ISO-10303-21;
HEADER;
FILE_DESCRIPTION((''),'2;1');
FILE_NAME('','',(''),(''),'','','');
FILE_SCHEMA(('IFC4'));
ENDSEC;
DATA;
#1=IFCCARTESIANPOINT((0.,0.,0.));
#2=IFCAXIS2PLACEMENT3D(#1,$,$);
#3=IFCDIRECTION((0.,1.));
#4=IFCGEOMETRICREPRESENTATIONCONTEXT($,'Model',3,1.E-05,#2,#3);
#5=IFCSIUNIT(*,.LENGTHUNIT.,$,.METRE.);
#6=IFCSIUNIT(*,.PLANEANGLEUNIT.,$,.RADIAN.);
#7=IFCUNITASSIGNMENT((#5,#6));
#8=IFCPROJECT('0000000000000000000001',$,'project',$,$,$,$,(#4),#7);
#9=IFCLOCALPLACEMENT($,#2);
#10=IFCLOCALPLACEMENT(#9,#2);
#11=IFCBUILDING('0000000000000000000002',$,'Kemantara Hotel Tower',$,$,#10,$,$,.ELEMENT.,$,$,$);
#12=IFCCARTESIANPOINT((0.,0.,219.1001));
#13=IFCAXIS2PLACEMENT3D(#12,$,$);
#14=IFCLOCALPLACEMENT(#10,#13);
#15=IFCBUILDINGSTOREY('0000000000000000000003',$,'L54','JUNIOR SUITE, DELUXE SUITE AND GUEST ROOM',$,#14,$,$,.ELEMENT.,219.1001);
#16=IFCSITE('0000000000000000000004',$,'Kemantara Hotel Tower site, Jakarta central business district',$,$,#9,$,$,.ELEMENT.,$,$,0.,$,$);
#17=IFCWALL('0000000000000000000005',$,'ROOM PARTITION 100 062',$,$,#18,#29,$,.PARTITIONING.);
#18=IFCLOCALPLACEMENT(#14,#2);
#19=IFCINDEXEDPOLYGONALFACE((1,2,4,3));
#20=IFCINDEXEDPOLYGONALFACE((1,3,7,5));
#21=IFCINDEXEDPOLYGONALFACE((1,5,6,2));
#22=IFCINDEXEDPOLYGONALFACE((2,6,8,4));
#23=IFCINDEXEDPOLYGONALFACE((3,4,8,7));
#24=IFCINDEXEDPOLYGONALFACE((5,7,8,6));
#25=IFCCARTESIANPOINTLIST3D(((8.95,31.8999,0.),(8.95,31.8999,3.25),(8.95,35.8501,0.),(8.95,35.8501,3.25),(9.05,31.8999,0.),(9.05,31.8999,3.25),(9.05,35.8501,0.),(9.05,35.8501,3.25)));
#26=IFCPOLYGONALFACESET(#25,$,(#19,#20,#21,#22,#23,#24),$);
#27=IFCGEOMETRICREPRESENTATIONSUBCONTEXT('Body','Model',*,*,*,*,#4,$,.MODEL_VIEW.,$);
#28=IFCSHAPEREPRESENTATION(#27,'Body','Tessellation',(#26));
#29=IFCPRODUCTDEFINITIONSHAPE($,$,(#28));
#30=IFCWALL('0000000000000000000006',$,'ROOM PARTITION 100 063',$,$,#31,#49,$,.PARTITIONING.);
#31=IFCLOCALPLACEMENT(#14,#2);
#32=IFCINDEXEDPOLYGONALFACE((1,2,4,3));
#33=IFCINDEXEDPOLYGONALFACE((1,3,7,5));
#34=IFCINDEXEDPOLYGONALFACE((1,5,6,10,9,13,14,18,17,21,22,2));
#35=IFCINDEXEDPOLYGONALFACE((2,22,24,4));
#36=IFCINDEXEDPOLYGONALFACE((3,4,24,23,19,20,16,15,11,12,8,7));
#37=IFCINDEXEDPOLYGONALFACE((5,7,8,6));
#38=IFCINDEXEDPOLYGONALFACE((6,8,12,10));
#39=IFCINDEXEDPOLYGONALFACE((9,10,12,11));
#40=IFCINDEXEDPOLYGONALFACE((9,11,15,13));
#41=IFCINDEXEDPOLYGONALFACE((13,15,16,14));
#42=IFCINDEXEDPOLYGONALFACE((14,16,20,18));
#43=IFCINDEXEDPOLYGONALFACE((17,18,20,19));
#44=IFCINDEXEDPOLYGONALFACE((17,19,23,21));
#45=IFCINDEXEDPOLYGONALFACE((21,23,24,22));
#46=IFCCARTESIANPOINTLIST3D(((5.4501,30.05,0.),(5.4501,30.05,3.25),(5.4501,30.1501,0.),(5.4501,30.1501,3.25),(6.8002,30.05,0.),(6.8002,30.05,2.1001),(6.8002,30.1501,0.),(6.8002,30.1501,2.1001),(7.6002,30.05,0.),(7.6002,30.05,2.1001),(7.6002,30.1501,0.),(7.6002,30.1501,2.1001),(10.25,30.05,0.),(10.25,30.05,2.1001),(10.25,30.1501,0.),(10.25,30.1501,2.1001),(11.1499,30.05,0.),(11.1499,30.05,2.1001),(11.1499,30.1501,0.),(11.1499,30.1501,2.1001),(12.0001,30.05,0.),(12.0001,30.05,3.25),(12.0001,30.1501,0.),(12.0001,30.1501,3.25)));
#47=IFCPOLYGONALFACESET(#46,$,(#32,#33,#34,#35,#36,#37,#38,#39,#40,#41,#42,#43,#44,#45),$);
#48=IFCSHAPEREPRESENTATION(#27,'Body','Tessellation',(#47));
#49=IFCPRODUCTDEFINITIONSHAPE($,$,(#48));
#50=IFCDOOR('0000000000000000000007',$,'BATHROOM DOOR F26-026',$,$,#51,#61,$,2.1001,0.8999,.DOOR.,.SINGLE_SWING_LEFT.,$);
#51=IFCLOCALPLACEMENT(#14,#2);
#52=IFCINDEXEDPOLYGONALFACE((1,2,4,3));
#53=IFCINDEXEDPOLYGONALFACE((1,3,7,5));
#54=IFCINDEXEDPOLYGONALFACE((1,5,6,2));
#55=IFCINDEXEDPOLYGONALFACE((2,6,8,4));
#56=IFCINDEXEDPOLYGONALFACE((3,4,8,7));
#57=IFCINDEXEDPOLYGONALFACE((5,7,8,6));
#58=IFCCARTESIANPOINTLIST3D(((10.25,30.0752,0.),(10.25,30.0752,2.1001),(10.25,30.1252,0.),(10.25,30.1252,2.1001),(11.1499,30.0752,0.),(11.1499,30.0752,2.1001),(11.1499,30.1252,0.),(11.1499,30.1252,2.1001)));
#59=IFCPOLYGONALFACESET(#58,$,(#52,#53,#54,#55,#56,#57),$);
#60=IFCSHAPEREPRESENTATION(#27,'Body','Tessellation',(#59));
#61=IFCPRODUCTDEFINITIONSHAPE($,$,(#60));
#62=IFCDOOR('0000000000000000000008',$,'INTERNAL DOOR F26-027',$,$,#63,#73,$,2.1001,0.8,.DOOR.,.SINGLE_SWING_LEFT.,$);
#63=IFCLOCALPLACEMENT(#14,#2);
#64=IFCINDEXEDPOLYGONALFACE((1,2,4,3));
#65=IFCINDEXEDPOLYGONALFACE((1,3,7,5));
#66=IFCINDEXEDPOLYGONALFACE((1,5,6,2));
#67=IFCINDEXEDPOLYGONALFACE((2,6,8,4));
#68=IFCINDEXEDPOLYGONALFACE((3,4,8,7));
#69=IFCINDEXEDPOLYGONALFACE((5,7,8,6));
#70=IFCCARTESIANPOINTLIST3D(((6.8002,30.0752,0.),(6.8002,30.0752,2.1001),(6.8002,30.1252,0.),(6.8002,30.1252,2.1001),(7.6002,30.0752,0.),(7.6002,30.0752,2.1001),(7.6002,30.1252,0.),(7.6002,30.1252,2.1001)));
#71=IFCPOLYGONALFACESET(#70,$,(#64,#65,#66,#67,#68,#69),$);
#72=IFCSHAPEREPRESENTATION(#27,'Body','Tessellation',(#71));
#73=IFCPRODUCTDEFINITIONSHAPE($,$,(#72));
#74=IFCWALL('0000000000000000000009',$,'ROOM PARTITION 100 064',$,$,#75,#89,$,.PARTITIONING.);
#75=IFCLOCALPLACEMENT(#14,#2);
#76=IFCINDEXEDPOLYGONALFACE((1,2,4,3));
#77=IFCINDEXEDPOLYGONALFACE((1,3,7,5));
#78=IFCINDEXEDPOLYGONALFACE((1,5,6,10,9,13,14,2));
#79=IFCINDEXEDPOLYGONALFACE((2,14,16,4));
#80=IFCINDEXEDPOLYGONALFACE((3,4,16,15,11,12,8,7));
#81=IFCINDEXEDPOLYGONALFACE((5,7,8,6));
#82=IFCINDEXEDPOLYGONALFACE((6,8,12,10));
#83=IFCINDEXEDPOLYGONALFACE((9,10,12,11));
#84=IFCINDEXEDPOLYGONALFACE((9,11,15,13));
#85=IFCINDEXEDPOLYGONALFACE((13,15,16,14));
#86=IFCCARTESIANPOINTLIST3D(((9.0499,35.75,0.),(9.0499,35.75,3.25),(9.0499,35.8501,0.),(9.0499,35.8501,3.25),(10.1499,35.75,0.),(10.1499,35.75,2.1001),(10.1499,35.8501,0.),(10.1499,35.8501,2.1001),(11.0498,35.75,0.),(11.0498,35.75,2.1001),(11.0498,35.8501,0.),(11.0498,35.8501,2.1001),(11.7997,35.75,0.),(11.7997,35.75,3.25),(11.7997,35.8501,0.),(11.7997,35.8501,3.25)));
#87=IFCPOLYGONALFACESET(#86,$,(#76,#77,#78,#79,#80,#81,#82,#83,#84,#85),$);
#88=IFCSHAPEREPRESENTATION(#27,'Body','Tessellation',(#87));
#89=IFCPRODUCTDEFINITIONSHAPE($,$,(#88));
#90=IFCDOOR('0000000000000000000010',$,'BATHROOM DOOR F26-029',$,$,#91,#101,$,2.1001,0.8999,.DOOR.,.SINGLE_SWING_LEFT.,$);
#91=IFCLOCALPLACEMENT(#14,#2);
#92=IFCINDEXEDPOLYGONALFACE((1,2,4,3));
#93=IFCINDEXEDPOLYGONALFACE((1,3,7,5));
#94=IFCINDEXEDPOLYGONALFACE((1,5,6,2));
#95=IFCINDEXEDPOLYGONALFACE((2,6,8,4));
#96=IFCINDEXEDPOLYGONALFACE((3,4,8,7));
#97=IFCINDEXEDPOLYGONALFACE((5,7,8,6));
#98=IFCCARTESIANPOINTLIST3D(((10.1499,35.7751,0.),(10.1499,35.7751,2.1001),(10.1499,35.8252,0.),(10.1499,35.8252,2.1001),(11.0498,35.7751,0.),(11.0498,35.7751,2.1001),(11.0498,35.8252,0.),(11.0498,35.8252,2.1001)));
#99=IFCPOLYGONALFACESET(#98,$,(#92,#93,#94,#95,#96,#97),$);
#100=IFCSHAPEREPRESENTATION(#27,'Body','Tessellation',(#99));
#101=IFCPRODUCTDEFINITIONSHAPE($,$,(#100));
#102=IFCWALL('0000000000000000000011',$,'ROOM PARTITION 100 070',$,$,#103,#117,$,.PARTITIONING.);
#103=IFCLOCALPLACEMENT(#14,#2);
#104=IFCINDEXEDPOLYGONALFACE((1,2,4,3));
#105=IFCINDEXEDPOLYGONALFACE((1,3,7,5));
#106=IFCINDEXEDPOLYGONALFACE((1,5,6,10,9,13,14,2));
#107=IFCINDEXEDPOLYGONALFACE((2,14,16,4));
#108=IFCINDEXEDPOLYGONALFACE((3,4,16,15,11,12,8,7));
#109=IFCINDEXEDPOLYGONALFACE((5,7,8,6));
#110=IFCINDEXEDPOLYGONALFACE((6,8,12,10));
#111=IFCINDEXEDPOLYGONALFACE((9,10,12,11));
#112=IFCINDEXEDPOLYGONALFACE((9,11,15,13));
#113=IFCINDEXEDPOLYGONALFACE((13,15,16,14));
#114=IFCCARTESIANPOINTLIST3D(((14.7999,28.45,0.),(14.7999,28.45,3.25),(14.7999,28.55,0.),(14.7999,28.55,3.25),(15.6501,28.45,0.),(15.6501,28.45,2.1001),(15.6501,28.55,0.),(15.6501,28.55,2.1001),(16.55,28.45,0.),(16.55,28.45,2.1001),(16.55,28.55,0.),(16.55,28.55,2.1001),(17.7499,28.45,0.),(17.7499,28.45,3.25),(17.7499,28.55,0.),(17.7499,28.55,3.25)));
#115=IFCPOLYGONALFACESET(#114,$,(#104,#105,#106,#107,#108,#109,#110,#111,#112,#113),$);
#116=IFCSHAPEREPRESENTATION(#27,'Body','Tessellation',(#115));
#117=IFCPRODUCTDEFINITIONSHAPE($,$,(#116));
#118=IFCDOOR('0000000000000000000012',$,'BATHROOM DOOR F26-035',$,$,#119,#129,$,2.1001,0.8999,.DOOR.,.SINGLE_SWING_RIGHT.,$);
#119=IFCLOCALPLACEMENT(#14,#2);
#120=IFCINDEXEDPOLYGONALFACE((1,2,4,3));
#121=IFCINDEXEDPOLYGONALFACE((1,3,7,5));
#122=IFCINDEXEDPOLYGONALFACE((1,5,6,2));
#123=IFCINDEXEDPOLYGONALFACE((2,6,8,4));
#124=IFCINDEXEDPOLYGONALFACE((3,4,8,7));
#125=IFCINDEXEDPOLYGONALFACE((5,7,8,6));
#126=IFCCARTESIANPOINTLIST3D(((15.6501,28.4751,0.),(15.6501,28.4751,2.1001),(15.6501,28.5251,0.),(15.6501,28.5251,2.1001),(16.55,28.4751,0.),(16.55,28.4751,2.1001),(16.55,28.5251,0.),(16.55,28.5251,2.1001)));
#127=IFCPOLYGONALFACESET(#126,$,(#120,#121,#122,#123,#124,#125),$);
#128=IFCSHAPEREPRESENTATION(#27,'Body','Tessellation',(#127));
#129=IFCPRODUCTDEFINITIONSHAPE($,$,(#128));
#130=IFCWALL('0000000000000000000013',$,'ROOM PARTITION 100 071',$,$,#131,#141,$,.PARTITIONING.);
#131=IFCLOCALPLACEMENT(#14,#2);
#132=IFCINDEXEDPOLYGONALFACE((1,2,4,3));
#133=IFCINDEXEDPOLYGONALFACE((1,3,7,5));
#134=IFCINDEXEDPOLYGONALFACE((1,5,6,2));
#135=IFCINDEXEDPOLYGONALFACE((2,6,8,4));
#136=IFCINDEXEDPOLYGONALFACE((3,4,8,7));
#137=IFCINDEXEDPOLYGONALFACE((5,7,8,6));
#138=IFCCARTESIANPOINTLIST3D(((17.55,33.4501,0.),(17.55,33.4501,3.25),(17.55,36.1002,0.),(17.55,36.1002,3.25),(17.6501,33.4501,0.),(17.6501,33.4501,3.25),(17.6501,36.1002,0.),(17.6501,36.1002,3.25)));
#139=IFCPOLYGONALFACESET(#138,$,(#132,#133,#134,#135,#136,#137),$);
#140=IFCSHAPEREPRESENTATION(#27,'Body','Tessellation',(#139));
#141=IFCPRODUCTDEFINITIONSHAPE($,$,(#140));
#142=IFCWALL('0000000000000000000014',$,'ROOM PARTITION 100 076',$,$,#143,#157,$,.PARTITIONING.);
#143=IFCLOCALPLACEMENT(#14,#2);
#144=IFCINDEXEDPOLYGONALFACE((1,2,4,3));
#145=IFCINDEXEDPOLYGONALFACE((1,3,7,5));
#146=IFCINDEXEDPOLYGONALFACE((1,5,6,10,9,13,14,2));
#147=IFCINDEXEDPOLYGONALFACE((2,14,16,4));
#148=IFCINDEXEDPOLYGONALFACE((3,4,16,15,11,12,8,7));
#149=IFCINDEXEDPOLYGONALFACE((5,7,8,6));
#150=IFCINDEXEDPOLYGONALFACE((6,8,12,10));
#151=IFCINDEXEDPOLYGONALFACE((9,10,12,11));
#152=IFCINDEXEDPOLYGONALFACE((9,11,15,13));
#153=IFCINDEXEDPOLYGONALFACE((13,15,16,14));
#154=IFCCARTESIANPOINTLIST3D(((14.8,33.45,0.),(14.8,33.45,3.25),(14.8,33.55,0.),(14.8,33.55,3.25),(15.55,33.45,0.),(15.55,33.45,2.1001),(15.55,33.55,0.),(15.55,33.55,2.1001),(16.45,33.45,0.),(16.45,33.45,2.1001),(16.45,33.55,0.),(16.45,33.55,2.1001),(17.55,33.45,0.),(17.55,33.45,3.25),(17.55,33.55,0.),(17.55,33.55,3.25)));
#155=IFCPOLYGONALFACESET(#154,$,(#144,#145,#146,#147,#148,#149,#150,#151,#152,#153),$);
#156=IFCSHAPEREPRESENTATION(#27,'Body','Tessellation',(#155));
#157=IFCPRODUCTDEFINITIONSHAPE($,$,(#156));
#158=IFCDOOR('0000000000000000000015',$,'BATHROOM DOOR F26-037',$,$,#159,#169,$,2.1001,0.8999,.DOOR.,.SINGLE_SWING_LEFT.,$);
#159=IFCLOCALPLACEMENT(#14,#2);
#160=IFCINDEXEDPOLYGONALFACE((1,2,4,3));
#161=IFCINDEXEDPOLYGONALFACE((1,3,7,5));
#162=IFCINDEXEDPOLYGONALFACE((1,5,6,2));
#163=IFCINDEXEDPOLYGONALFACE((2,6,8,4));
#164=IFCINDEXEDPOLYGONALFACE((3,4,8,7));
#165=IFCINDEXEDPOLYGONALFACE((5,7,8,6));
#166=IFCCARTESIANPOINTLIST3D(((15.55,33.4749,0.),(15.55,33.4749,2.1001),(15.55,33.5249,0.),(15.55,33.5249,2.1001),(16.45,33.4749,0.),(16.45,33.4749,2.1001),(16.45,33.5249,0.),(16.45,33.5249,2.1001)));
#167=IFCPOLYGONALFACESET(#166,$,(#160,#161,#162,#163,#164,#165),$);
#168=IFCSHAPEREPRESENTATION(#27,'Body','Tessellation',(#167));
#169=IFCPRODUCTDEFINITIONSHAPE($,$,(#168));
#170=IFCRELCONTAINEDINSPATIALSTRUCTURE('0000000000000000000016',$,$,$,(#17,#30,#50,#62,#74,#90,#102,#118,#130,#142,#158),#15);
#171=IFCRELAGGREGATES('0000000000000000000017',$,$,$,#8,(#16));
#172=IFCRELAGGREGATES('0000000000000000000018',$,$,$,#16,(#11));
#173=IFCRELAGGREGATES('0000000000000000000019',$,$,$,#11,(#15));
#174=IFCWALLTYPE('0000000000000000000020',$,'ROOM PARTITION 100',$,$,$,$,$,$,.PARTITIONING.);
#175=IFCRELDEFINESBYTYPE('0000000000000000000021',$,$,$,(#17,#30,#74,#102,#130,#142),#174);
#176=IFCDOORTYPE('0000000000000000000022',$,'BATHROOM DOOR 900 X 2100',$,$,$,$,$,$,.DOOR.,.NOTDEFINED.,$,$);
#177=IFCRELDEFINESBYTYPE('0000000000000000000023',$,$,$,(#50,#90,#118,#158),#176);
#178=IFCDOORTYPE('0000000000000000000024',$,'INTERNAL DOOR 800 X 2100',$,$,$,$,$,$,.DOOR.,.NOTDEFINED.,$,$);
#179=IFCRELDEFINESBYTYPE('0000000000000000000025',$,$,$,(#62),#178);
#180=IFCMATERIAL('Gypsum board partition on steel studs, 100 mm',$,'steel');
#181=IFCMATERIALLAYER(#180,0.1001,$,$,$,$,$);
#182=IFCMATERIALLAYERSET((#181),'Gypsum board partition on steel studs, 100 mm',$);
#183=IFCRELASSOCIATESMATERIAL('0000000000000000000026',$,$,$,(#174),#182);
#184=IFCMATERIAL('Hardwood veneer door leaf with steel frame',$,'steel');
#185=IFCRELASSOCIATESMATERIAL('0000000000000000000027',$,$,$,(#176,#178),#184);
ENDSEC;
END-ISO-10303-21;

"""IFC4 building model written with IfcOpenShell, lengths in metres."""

from ifc_helpers import new_model, si_unit, direction, frame, frame_2d, origin, place, context, subcontext, project, spatial, rectangle, extrude, material, layer, layer_set, type_object, element, fill, save


model = new_model("IFC4")

# Units and contexts
model_context = context("Model", 3, precision=1e-05, world=origin(), true_north=direction((0.0, 1.0)))
body_context = subcontext(model_context, "Body", "Model", "MODEL_VIEW")
ifc_project = project(units=[si_unit("LENGTHUNIT", "METRE"), si_unit("PLANEANGLEUNIT", "RADIAN")], contexts=[model_context])

# Site, building, storey
site_placement = place(None, origin())
site = spatial("IfcSite", under=ifc_project, at=site_placement, Name="Kemantara Hotel Tower site, Jakarta central business district", CompositionType="ELEMENT", RefElevation=0.0)
building_placement = place(site_placement, origin())
building = spatial("IfcBuilding", under=site, at=building_placement, Name="Kemantara Hotel Tower", CompositionType="ELEMENT")
storey_placement = place(building_placement, frame((0.0, 0.0, 219.1001)))
storey = spatial("IfcBuildingStorey", under=building, at=storey_placement, Name="L54", Description="JUNIOR SUITE, DELUXE SUITE AND GUEST ROOM", CompositionType="ELEMENT", Elevation=219.1001)

# Shared definitions
ifc_material_1 = material(Name="Hardwood veneer door leaf with steel frame", Category="steel")

# Wall
ifc_material_2 = material(Name="Gypsum board partition on steel studs, 100 mm", Category="steel")
ifc_layer_1 = layer(ifc_material_2, 0.1001)
ifc_layer_set_1 = layer_set([ifc_layer_1], Name="Gypsum board partition on steel studs, 100 mm")
wall_type_1 = type_object("IfcWallType", Name="ROOM PARTITION 100", PredefinedType="PARTITIONING", material=ifc_layer_set_1)
wall_1_placement = place(storey_placement, frame((9.0, 31.8999, 0.0), z_axis=(0.0, 0.0, 1.0), x_axis=(0.0, 1.0, 0.0)))
element("IfcWall", 1, at=wall_1_placement, inside=storey, type_object=wall_type_1, Name="ROOM PARTITION 100 062", PredefinedType="PARTITIONING", context=body_context, shape_type="SweptSolid", body=[
    extrude(rectangle(XDim=3.9502, YDim=0.1001, at=frame_2d((1.9751, 0.0))), origin(), (0.0, 0.0, 1.0), 3.25),
])

# Wall, openings, doors
wall_2_placement = place(storey_placement, frame((12.0, 30.1001, 0.0), z_axis=(0.0, 0.0, 1.0), x_axis=(-1.0, 0.0, 0.0)))
wall_2 = element("IfcWall", 2, at=wall_2_placement, inside=storey, type_object=wall_type_1, Name="ROOM PARTITION 100 063", PredefinedType="PARTITIONING", context=body_context, shape_type="SweptSolid", body=[
    extrude(rectangle(XDim=6.55, YDim=0.1001, at=frame_2d((3.2749, 0.0))), origin(), (0.0, 0.0, 1.0), 3.25),
])
opening_1_placement = place(wall_2_placement, frame((0.8501, 0.0, 0.0)))
opening_1 = element("IfcOpeningElement", 3, at=opening_1_placement, cuts=wall_2, PredefinedType="OPENING", context=body_context, shape_type="SweptSolid", body=[
    extrude(rectangle(XDim=0.8999, YDim=2.1001, at=frame_2d((0.45, 1.05))), frame((0.0, 0.0601, 0.0), z_axis=(0.0, -1.0, 0.0), x_axis=(1.0, 0.0, 0.0)), (0.0, 0.0, 1.0), 0.1201),
])
opening_2_placement = place(wall_2_placement, frame((4.3999, 0.0, 0.0)))
opening_2 = element("IfcOpeningElement", 4, at=opening_2_placement, cuts=wall_2, PredefinedType="OPENING", context=body_context, shape_type="SweptSolid", body=[
    extrude(rectangle(XDim=0.8, YDim=2.1001, at=frame_2d((0.3999, 1.05))), frame((0.0, 0.0601, 0.0), z_axis=(0.0, -1.0, 0.0), x_axis=(1.0, 0.0, 0.0)), (0.0, 0.0, 1.0), 0.1201),
])
door_type_1 = type_object("IfcDoorType", Name="BATHROOM DOOR 900 X 2100", OperationType="NOTDEFINED", PredefinedType="DOOR", material=ifc_material_1)
door_1_placement = place(opening_1_placement, origin())
door_1 = element("IfcDoor", 5, at=door_1_placement, inside=storey, type_object=door_type_1, Name="BATHROOM DOOR F26-026", OperationType="SINGLE_SWING_LEFT", OverallHeight=2.1001, OverallWidth=0.8999, PredefinedType="DOOR", context=body_context, shape_type="SweptSolid", body=[
    extrude(rectangle(XDim=0.8999, YDim=2.1001, at=frame_2d((0.45, 1.05))), frame((0.0, 0.0249, 0.0), z_axis=(0.0, -1.0, 0.0), x_axis=(1.0, 0.0, 0.0)), (0.0, 0.0, 1.0), 0.05),
])
fill(opening_1, door_1)
door_type_2 = type_object("IfcDoorType", Name="INTERNAL DOOR 800 X 2100", OperationType="NOTDEFINED", PredefinedType="DOOR", material=ifc_material_1)
door_2_placement = place(opening_2_placement, origin())
door_2 = element("IfcDoor", 6, at=door_2_placement, inside=storey, type_object=door_type_2, Name="INTERNAL DOOR F26-027", OperationType="SINGLE_SWING_LEFT", OverallHeight=2.1001, OverallWidth=0.8, PredefinedType="DOOR", context=body_context, shape_type="SweptSolid", body=[
    extrude(rectangle(XDim=0.8, YDim=2.1001, at=frame_2d((0.3999, 1.05))), frame((0.0, 0.0249, 0.0), z_axis=(0.0, -1.0, 0.0), x_axis=(1.0, 0.0, 0.0)), (0.0, 0.0, 1.0), 0.05),
])
fill(opening_2, door_2)

# Walls, openings, doors
wall_3_placement = place(storey_placement, frame((11.7998, 35.8, 0.0), z_axis=(0.0, 0.0, 1.0), x_axis=(-1.0, 0.0, 0.0)))
wall_3 = element("IfcWall", 7, at=wall_3_placement, inside=storey, type_object=wall_type_1, Name="ROOM PARTITION 100 064", PredefinedType="PARTITIONING", context=body_context, shape_type="SweptSolid", body=[
    extrude(rectangle(XDim=2.7498, YDim=0.1001, at=frame_2d((1.375, 0.0))), origin(), (0.0, 0.0, 1.0), 3.25),
])
opening_3_placement = place(wall_3_placement, frame((0.75, 0.0, 0.0)))
opening_3 = element("IfcOpeningElement", 8, at=opening_3_placement, cuts=wall_3, PredefinedType="OPENING", context=body_context, shape_type="SweptSolid", body=[
    extrude(rectangle(XDim=0.8999, YDim=2.1001, at=frame_2d((0.45, 1.05))), frame((0.0, 0.0601, 0.0), z_axis=(0.0, -1.0, 0.0), x_axis=(1.0, 0.0, 0.0)), (0.0, 0.0, 1.0), 0.1201),
])
door_3_placement = place(opening_3_placement, origin())
door_3 = element("IfcDoor", 9, at=door_3_placement, inside=storey, type_object=door_type_1, Name="BATHROOM DOOR F26-029", OperationType="SINGLE_SWING_LEFT", OverallHeight=2.1001, OverallWidth=0.8999, PredefinedType="DOOR", context=body_context, shape_type="SweptSolid", body=[
    extrude(rectangle(XDim=0.8999, YDim=2.1001, at=frame_2d((0.45, 1.05))), frame((0.0, 0.0249, 0.0), z_axis=(0.0, -1.0, 0.0), x_axis=(1.0, 0.0, 0.0)), (0.0, 0.0, 1.0), 0.05),
])
fill(opening_3, door_3)
wall_4_placement = place(storey_placement, frame((17.75, 28.5, 0.0), z_axis=(0.0, 0.0, 1.0), x_axis=(-1.0, 0.0, 0.0)))
wall_4 = element("IfcWall", 10, at=wall_4_placement, inside=storey, type_object=wall_type_1, Name="ROOM PARTITION 100 070", PredefinedType="PARTITIONING", context=body_context, shape_type="SweptSolid", body=[
    extrude(rectangle(XDim=2.95, YDim=0.1001, at=frame_2d((1.4751, 0.0))), origin(), (0.0, 0.0, 1.0), 3.25),
])
opening_4_placement = place(wall_4_placement, frame((1.2, 0.0, 0.0)))
opening_4 = element("IfcOpeningElement", 11, at=opening_4_placement, cuts=wall_4, PredefinedType="OPENING", context=body_context, shape_type="SweptSolid", body=[
    extrude(rectangle(XDim=0.8999, YDim=2.1001, at=frame_2d((0.45, 1.05))), frame((0.0, 0.0601, 0.0), z_axis=(0.0, -1.0, 0.0), x_axis=(1.0, 0.0, 0.0)), (0.0, 0.0, 1.0), 0.1201),
])
door_4_placement = place(opening_4_placement, origin())
door_4 = element("IfcDoor", 12, at=door_4_placement, inside=storey, type_object=door_type_1, Name="BATHROOM DOOR F26-035", OperationType="SINGLE_SWING_RIGHT", OverallHeight=2.1001, OverallWidth=0.8999, PredefinedType="DOOR", context=body_context, shape_type="SweptSolid", body=[
    extrude(rectangle(XDim=0.8999, YDim=2.1001, at=frame_2d((0.45, 1.05))), frame((0.0, 0.0249, 0.0), z_axis=(0.0, -1.0, 0.0), x_axis=(1.0, 0.0, 0.0)), (0.0, 0.0, 1.0), 0.05),
])
fill(opening_4, door_4)

# Wall
wall_5_placement = place(storey_placement, frame((17.6001, 33.45, 0.0), z_axis=(0.0, 0.0, 1.0), x_axis=(0.0, 1.0, 0.0)))
element("IfcWall", 13, at=wall_5_placement, inside=storey, type_object=wall_type_1, Name="ROOM PARTITION 100 071", PredefinedType="PARTITIONING", context=body_context, shape_type="SweptSolid", body=[
    extrude(rectangle(XDim=2.6501, YDim=0.1001, at=frame_2d((1.3252, 0.0))), origin(), (0.0, 0.0, 1.0), 3.25),
])

# Wall, opening, door
wall_6_placement = place(storey_placement, frame((14.8, 33.5, 0.0), z_axis=(0.0, 0.0, 1.0), x_axis=(1.0, 0.0, 0.0)))
wall_6 = element("IfcWall", 14, at=wall_6_placement, inside=storey, type_object=wall_type_1, Name="ROOM PARTITION 100 076", PredefinedType="PARTITIONING", context=body_context, shape_type="SweptSolid", body=[
    extrude(rectangle(XDim=2.75, YDim=0.1001, at=frame_2d((1.375, 0.0))), origin(), (0.0, 0.0, 1.0), 3.25),
])
opening_5_placement = place(wall_6_placement, frame((0.75, 0.0, 0.0)))
opening_5 = element("IfcOpeningElement", 15, at=opening_5_placement, cuts=wall_6, PredefinedType="OPENING", context=body_context, shape_type="SweptSolid", body=[
    extrude(rectangle(XDim=0.8999, YDim=2.1001, at=frame_2d((0.45, 1.05))), frame((0.0, 0.0601, 0.0), z_axis=(0.0, -1.0, 0.0), x_axis=(1.0, 0.0, 0.0)), (0.0, 0.0, 1.0), 0.1201),
])
door_5_placement = place(opening_5_placement, origin())
door_5 = element("IfcDoor", 16, at=door_5_placement, inside=storey, type_object=door_type_1, Name="BATHROOM DOOR F26-037", OperationType="SINGLE_SWING_LEFT", OverallHeight=2.1001, OverallWidth=0.8999, PredefinedType="DOOR", context=body_context, shape_type="SweptSolid", body=[
    extrude(rectangle(XDim=0.8999, YDim=2.1001, at=frame_2d((0.45, 1.05))), frame((0.0, 0.0249, 0.0), z_axis=(0.0, -1.0, 0.0), x_axis=(1.0, 0.0, 0.0)), (0.0, 0.0, 1.0), 0.05),
])
fill(opening_5, door_5)

save(model, "model.ifc")
